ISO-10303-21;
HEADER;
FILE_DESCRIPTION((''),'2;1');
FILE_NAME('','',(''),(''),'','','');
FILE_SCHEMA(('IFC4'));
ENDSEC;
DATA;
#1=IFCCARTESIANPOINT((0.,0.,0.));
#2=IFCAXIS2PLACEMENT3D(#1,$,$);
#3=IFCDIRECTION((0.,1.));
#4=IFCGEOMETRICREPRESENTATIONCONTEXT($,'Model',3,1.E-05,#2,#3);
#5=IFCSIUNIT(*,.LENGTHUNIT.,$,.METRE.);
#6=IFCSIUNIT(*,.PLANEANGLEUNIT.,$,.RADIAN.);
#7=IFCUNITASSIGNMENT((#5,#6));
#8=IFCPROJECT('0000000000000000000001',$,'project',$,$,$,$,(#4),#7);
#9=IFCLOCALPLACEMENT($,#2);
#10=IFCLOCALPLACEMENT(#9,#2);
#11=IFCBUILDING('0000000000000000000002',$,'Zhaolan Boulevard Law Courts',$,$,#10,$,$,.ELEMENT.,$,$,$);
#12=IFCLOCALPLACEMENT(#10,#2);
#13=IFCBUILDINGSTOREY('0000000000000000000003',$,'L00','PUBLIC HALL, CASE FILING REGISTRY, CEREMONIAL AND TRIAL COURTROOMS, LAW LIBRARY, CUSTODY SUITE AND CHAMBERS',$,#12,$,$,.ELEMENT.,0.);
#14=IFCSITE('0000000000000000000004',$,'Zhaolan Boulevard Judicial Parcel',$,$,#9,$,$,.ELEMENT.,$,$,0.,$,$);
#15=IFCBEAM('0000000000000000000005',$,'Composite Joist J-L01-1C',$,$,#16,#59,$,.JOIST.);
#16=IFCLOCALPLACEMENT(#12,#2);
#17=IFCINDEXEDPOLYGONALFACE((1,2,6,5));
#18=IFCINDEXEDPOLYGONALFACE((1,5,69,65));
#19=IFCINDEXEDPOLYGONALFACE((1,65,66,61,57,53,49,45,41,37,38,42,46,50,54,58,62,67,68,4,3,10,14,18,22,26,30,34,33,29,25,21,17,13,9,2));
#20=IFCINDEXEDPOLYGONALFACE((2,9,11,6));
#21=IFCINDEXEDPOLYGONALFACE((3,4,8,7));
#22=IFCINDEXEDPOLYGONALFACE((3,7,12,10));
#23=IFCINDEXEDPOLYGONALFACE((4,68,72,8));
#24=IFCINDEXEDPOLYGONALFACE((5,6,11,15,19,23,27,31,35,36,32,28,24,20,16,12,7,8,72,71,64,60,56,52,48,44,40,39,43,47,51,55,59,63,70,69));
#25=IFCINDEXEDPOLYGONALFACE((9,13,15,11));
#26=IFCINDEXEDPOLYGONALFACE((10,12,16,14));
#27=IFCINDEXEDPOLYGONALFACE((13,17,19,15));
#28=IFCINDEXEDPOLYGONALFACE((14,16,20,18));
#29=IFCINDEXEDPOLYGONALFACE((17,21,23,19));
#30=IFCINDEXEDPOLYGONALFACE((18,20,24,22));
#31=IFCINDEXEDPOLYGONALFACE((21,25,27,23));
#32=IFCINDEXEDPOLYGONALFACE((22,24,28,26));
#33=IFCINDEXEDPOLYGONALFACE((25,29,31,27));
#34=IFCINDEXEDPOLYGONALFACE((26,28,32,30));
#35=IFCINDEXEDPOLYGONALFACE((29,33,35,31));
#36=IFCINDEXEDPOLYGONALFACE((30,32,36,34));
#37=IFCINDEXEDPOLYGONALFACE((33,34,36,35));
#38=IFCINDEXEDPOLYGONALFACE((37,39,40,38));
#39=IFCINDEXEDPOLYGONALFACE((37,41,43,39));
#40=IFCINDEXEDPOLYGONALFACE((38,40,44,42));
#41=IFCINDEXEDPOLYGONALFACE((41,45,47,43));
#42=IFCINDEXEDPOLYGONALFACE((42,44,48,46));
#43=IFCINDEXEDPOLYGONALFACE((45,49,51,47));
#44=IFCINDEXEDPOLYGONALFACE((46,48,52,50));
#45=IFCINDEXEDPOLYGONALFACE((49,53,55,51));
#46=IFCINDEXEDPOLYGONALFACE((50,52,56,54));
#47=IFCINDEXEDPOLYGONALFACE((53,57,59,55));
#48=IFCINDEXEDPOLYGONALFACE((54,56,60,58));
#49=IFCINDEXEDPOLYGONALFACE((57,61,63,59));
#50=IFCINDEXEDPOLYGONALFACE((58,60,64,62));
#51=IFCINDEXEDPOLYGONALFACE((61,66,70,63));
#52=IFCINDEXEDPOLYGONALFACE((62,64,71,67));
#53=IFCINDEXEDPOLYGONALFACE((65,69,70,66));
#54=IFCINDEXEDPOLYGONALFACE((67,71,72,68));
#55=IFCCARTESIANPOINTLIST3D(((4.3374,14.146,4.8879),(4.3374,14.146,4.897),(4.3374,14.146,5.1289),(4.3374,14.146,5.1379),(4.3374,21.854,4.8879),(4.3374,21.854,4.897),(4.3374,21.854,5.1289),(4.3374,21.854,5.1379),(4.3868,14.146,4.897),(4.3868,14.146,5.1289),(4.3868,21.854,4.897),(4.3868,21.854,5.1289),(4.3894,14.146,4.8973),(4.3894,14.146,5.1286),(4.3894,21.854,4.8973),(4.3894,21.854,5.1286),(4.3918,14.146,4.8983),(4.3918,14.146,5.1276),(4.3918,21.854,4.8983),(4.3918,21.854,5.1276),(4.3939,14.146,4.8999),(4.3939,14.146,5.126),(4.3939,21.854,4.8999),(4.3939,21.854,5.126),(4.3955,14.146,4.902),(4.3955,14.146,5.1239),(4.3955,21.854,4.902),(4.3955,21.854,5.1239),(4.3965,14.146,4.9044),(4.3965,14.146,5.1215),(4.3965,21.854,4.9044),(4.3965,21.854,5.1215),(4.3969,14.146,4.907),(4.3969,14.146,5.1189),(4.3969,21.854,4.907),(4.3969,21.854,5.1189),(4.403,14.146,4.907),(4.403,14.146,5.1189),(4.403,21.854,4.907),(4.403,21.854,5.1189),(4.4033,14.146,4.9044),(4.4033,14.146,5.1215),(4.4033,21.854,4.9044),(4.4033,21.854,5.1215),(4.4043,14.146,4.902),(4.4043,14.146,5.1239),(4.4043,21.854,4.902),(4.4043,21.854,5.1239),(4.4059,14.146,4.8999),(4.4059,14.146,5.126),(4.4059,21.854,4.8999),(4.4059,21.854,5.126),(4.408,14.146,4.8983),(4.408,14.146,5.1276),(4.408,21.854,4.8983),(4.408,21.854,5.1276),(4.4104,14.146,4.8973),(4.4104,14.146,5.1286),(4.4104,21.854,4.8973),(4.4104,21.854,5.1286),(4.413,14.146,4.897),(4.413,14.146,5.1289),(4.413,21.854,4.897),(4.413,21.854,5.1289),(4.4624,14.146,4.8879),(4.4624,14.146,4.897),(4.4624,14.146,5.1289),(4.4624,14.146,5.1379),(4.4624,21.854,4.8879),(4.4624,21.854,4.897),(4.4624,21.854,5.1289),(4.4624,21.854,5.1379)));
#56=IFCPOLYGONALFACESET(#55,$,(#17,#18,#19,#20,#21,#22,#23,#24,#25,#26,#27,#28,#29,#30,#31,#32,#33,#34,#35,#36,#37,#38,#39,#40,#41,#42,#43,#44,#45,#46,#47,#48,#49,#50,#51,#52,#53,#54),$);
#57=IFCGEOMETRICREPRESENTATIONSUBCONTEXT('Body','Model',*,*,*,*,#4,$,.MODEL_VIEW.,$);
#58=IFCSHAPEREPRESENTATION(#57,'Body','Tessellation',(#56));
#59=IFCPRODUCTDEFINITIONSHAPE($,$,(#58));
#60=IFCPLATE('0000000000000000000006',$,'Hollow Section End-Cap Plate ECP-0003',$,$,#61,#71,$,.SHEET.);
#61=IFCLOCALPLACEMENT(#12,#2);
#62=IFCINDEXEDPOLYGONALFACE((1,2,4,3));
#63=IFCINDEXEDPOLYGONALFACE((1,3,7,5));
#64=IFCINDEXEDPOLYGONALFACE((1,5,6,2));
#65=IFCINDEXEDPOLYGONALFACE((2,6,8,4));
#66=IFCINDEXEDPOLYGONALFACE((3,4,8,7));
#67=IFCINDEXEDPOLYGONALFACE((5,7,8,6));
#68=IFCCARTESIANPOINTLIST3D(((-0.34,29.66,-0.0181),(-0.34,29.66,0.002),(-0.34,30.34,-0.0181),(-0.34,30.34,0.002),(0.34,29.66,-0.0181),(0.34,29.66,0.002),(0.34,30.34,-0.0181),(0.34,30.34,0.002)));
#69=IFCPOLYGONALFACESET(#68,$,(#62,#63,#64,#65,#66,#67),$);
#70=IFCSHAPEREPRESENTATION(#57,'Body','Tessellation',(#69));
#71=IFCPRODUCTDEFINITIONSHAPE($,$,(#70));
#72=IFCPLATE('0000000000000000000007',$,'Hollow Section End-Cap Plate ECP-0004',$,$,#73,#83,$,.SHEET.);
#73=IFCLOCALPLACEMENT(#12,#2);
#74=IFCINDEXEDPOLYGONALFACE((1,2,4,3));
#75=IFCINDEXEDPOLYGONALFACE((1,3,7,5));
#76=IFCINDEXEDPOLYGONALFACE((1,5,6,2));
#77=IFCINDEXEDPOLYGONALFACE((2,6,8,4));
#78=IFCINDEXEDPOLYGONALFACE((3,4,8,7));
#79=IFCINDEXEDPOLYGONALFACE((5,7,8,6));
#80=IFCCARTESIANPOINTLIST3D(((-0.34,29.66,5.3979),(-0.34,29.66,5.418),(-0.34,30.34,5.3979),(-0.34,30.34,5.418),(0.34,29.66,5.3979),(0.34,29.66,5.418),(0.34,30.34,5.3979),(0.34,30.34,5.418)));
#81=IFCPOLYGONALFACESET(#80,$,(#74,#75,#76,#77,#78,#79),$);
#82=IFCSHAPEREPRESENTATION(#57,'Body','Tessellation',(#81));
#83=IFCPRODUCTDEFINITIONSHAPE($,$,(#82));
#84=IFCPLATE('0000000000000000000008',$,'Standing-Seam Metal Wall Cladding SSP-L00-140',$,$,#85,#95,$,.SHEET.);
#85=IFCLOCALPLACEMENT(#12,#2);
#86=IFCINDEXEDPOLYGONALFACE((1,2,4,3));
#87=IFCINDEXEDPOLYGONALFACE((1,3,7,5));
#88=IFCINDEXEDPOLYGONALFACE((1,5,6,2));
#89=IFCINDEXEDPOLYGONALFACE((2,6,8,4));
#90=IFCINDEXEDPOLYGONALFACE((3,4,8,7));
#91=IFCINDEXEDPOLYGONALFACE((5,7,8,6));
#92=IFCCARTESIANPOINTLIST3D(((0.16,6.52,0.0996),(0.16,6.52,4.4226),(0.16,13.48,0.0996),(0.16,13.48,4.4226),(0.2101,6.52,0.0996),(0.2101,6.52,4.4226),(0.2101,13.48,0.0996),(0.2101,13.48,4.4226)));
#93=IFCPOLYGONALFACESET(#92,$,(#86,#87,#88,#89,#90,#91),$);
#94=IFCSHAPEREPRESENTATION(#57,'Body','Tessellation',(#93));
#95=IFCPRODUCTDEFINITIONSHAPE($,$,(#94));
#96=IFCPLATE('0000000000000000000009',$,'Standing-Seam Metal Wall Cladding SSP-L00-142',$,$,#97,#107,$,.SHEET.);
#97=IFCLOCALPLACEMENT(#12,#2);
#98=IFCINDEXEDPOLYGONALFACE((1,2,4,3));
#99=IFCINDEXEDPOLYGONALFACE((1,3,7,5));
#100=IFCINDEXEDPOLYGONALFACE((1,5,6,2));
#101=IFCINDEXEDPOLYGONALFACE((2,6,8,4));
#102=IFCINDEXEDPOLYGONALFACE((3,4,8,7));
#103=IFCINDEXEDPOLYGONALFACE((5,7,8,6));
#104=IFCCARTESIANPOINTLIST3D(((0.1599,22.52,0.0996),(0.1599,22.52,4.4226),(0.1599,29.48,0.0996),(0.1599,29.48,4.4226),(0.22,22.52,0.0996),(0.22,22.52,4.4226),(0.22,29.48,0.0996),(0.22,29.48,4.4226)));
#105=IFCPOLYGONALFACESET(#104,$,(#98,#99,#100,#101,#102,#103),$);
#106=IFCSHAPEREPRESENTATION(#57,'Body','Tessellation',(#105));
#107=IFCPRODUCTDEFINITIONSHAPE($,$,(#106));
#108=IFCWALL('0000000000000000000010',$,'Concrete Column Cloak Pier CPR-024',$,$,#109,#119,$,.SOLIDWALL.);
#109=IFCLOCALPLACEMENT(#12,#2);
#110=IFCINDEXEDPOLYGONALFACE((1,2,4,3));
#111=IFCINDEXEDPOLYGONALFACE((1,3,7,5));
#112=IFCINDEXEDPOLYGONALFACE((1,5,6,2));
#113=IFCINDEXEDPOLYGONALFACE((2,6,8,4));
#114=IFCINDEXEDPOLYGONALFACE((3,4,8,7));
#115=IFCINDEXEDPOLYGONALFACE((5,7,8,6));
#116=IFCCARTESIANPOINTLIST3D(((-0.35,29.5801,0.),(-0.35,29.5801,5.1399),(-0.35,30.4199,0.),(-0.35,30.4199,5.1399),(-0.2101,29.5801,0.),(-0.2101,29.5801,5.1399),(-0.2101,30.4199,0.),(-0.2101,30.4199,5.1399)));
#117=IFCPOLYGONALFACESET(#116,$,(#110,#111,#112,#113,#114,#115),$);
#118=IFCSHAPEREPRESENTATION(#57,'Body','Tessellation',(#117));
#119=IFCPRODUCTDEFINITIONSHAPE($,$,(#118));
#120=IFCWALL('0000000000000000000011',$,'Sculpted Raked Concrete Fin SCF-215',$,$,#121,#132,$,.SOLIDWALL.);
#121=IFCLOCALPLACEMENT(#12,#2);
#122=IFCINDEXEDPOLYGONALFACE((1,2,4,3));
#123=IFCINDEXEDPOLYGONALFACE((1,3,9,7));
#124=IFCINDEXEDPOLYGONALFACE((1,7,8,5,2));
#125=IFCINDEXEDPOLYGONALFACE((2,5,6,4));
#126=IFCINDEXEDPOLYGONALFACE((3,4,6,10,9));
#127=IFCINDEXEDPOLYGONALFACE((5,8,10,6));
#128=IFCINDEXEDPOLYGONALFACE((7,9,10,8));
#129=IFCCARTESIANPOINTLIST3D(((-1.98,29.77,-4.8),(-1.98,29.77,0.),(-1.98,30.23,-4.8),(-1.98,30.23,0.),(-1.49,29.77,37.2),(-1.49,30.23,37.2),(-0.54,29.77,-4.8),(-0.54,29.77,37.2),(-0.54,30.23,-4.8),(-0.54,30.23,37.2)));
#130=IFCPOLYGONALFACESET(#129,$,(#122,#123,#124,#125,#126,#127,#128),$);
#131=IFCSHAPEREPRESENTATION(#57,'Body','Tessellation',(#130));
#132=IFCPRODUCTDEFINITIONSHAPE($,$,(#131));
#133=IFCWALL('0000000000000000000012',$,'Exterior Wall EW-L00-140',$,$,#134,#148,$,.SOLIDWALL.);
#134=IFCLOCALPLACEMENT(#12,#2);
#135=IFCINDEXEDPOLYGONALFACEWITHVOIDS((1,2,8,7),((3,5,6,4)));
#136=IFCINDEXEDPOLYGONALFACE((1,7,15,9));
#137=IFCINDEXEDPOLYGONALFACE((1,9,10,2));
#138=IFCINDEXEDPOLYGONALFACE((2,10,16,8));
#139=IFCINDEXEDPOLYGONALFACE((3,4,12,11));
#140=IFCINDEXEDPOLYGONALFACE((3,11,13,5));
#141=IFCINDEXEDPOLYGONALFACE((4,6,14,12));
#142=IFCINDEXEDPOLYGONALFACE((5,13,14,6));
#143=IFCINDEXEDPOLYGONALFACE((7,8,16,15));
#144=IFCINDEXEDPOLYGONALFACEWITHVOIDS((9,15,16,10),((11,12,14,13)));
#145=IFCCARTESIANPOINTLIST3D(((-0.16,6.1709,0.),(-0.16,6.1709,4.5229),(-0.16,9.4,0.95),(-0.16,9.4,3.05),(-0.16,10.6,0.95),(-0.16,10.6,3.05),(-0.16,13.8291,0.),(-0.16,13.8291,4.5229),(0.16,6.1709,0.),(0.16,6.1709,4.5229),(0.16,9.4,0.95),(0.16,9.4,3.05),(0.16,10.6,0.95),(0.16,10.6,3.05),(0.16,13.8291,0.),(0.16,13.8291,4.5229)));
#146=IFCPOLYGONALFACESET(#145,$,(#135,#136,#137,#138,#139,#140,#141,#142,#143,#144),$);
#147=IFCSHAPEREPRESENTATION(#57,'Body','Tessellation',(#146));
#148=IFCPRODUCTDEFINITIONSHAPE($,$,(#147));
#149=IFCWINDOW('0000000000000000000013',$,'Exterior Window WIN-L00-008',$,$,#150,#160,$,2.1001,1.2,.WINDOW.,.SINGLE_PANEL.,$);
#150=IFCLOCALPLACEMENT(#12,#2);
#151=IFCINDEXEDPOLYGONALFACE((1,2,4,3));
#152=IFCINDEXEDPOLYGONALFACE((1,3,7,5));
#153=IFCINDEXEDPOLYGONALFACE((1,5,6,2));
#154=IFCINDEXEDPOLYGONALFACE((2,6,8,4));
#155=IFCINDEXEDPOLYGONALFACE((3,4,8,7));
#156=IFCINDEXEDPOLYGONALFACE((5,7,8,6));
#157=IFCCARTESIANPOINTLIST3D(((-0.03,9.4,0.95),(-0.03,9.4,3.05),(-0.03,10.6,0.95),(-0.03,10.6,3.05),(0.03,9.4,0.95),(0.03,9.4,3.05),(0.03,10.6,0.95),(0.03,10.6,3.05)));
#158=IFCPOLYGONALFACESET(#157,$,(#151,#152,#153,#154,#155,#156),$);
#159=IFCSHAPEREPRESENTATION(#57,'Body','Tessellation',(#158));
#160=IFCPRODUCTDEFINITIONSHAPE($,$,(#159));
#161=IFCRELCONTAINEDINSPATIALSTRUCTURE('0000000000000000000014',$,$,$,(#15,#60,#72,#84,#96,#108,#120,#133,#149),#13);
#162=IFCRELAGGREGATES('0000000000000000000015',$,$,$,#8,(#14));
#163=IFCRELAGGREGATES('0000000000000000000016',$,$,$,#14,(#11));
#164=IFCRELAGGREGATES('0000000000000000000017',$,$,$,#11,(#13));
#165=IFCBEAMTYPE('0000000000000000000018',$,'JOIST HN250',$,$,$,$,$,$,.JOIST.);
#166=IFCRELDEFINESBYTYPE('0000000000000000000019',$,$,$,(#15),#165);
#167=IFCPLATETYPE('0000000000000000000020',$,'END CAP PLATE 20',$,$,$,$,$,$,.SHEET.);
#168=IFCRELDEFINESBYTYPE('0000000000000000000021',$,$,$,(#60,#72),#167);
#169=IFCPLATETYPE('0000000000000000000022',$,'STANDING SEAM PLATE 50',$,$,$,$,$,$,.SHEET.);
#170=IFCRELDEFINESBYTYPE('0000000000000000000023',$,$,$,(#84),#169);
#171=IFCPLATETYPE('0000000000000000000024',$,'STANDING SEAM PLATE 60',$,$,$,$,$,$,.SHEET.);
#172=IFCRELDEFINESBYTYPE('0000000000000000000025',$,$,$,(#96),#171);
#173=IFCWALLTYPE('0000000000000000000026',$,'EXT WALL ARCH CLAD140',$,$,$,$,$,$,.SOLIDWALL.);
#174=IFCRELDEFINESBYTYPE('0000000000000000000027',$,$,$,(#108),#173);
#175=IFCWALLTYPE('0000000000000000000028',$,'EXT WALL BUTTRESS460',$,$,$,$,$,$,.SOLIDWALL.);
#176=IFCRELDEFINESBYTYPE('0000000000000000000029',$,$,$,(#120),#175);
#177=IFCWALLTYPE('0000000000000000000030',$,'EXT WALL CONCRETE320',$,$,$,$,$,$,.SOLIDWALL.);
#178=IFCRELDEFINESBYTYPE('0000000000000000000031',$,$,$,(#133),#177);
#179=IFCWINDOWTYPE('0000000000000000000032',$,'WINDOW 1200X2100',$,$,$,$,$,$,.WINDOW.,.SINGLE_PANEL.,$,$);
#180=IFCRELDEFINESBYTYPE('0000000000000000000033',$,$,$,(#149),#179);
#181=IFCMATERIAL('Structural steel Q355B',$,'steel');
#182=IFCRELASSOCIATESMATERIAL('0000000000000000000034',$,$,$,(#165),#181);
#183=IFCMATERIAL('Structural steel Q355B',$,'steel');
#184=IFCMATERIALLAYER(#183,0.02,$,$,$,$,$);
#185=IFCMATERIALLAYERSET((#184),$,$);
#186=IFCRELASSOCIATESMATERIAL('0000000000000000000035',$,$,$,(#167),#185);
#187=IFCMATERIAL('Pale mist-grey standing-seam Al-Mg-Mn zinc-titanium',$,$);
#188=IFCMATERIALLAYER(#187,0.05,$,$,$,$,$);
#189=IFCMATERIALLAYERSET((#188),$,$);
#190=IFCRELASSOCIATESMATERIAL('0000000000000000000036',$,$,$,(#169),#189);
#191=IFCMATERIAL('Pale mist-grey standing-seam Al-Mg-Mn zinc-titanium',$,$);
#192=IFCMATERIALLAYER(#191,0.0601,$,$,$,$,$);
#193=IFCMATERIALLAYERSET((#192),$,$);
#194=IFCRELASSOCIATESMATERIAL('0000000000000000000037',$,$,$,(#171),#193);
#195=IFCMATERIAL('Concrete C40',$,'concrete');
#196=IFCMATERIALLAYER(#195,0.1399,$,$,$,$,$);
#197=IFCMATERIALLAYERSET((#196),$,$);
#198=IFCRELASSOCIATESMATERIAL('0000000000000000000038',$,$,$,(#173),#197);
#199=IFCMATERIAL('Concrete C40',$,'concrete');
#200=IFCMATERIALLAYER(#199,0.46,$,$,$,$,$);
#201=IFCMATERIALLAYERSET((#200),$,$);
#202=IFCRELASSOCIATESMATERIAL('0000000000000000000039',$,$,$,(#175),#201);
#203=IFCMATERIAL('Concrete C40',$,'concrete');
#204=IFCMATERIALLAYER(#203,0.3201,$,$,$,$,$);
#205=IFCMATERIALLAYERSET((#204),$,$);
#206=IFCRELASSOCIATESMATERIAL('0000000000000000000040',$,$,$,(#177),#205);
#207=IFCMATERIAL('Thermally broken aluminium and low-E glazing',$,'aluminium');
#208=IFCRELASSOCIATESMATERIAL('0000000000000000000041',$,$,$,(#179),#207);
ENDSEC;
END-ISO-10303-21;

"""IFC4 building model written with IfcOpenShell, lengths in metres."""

from ifc_helpers import new_model, si_unit, direction, frame, frame_2d, origin, origin_2d, place, context, subcontext, project, spatial, polyline, rectangle, i_section, outline, extrude, material, layer, layer_set, material_profile, profile_set, type_object, element, fill, save


model = new_model("IFC4")

# Units and contexts
model_context = context("Model", 3, precision=1e-05, world=origin(), true_north=direction((0.0, 1.0)))
body_context = subcontext(model_context, "Body", "Model", "MODEL_VIEW")
ifc_project = project(units=[si_unit("LENGTHUNIT", "METRE"), si_unit("PLANEANGLEUNIT", "RADIAN")], contexts=[model_context])

# Site, building, storey
site_placement = place(None, origin())
site = spatial("IfcSite", under=ifc_project, at=site_placement, Name="Zhaolan Boulevard Judicial Parcel", CompositionType="ELEMENT", RefElevation=0.0)
building_placement = place(site_placement, origin())
building = spatial("IfcBuilding", under=site, at=building_placement, Name="Zhaolan Boulevard Law Courts", CompositionType="ELEMENT")
storey_placement = place(building_placement, origin())
storey = spatial("IfcBuildingStorey", under=building, at=storey_placement, Name="L00", Description="PUBLIC HALL, CASE FILING REGISTRY, CEREMONIAL AND TRIAL COURTROOMS, LAW LIBRARY, CUSTODY SUITE AND CHAMBERS", CompositionType="ELEMENT", Elevation=0.0)

# Beam
ifc_material_1 = material(Name="Structural steel Q355B", Category="steel")
ifc_material_profile_1 = material_profile(ifc_material_1, i_section(OverallWidth=0.125, OverallDepth=0.25, WebThickness=0.0061, FlangeThickness=0.009, FilletRadius=0.01, at=origin_2d()), Name="HN250x125")
ifc_profile_set_1 = profile_set([ifc_material_profile_1], Name="Structural steel Q355B")
beam_type_1 = type_object("IfcBeamType", Name="JOIST HN250", PredefinedType="JOIST", material=ifc_profile_set_1)
beam_1_placement = place(storey_placement, frame((4.3999, 14.146, 5.0129), z_axis=(0.0, 1.0, 0.0), x_axis=(-1.0, 0.0, 0.0)))
element("IfcBeam", 1, at=beam_1_placement, inside=storey, type_object=beam_type_1, Name="Composite Joist J-L01-1C", PredefinedType="JOIST", context=body_context, shape_type="SweptSolid", body=[
    extrude(i_section(OverallWidth=0.125, OverallDepth=0.25, WebThickness=0.0061, FlangeThickness=0.009, FilletRadius=0.01, at=origin_2d()), origin(), (0.0, 0.0, 1.0), 7.708),
])

# Plates
ifc_material_2 = material(Name="Structural steel Q355B", Category="steel")
ifc_layer_1 = layer(ifc_material_2, 0.02)
ifc_layer_set_1 = layer_set([ifc_layer_1])
plate_type_1 = type_object("IfcPlateType", Name="END CAP PLATE 20", PredefinedType="SHEET", material=ifc_layer_set_1)
for number, where, z_axis, x_axis, name in (
    (2, (0.0, 30.0, -0.0181), (0.0, 0.0, 1.0), (1.0, 0.0, 0.0), "Hollow Section End-Cap Plate ECP-0003"),
    (3, (0.0, 30.0, 5.3979), (0.0, 0.0, 1.0), (1.0, 0.0, 0.0), "Hollow Section End-Cap Plate ECP-0004"),
):
    element("IfcPlate", number, at=place(storey_placement, frame(where, z_axis=z_axis, x_axis=x_axis)), inside=storey, type_object=plate_type_1, Name=name, PredefinedType="SHEET", context=body_context, shape_type="SweptSolid", body=[
        extrude(rectangle(XDim=0.6799, YDim=0.6799, at=origin_2d()), origin(), (0.0, 0.0, 1.0), 0.02),
    ])
ifc_material_3 = material(Name="Pale mist-grey standing-seam Al-Mg-Mn zinc-titanium")
ifc_layer_2 = layer(ifc_material_3, 0.05)
ifc_layer_set_2 = layer_set([ifc_layer_2])
plate_type_2 = type_object("IfcPlateType", Name="STANDING SEAM PLATE 50", PredefinedType="SHEET", material=ifc_layer_set_2)
plate_1_placement = place(storey_placement, frame((0.1851, 10.0, 0.0996), z_axis=(0.0, 0.0, 1.0), x_axis=(0.0, -1.0, 0.0)))
element("IfcPlate", 4, at=plate_1_placement, inside=storey, type_object=plate_type_2, Name="Standing-Seam Metal Wall Cladding SSP-L00-140", PredefinedType="SHEET", context=body_context, shape_type="SweptSolid", body=[
    extrude(rectangle(XDim=6.96, YDim=0.05, at=origin_2d()), origin(), (0.0, 0.0, 1.0), 4.323),
])
ifc_material_4 = material(Name="Pale mist-grey standing-seam Al-Mg-Mn zinc-titanium")
ifc_layer_3 = layer(ifc_material_4, 0.0601)
ifc_layer_set_3 = layer_set([ifc_layer_3])
plate_type_3 = type_object("IfcPlateType", Name="STANDING SEAM PLATE 60", PredefinedType="SHEET", material=ifc_layer_set_3)
plate_2_placement = place(storey_placement, frame((0.1899, 26.0, 0.0996), z_axis=(0.0, 0.0, 1.0), x_axis=(0.0, -1.0, 0.0)))
element("IfcPlate", 5, at=plate_2_placement, inside=storey, type_object=plate_type_3, Name="Standing-Seam Metal Wall Cladding SSP-L00-142", PredefinedType="SHEET", context=body_context, shape_type="SweptSolid", body=[
    extrude(rectangle(XDim=6.96, YDim=0.0601, at=origin_2d()), origin(), (0.0, 0.0, 1.0), 4.323),
])

# Walls
ifc_material_5 = material(Name="Concrete C40", Category="concrete")
ifc_layer_4 = layer(ifc_material_5, 0.1399)
ifc_layer_set_4 = layer_set([ifc_layer_4])
wall_type_1 = type_object("IfcWallType", Name="EXT WALL ARCH CLAD140", PredefinedType="SOLIDWALL", material=ifc_layer_set_4)
wall_1_placement = place(storey_placement, frame((-0.28, 29.5801, 0.0), z_axis=(0.0, 0.0, 1.0), x_axis=(0.0, 1.0, 0.0)))
element("IfcWall", 6, at=wall_1_placement, inside=storey, type_object=wall_type_1, Name="Concrete Column Cloak Pier CPR-024", PredefinedType="SOLIDWALL", context=body_context, shape_type="SweptSolid", body=[
    extrude(rectangle(XDim=0.8398, YDim=0.1399, at=frame_2d((0.4199, 0.0))), origin(), (0.0, 0.0, 1.0), 5.1399),
])
ifc_material_6 = material(Name="Concrete C40", Category="concrete")
ifc_layer_5 = layer(ifc_material_6, 0.46)
ifc_layer_set_5 = layer_set([ifc_layer_5])
wall_type_2 = type_object("IfcWallType", Name="EXT WALL BUTTRESS460", PredefinedType="SOLIDWALL", material=ifc_layer_set_5)
wall_2_placement = place(storey_placement, frame((-0.54, 30.0, -4.8), z_axis=(0.0, 0.0, 1.0), x_axis=(-1.0, 0.0, 0.0)))
element("IfcWall", 7, at=wall_2_placement, inside=storey, type_object=wall_type_2, Name="Sculpted Raked Concrete Fin SCF-215", PredefinedType="SOLIDWALL", context=body_context, shape_type="SweptSolid", body=[
    extrude(outline(polyline([(0.0, 0.0), (1.4399, 0.0), (1.4399, 4.8), (0.95, 42.0), (0.0, 42.0), (0.0, 0.0)])), frame((0.0, 0.23, 0.0), z_axis=(0.0, -1.0, 0.0), x_axis=(1.0, 0.0, 0.0)), (0.0, 0.0, 1.0), 0.46),
])

# Wall, opening, window
ifc_material_7 = material(Name="Concrete C40", Category="concrete")
ifc_layer_6 = layer(ifc_material_7, 0.3201)
ifc_layer_set_6 = layer_set([ifc_layer_6])
wall_type_3 = type_object("IfcWallType", Name="EXT WALL CONCRETE320", PredefinedType="SOLIDWALL", material=ifc_layer_set_6)
wall_3_placement = place(storey_placement, frame((0.0, 13.8291, 0.0), z_axis=(0.0, 0.0, 1.0), x_axis=(0.0, -1.0, 0.0)))
wall_3 = element("IfcWall", 8, at=wall_3_placement, inside=storey, type_object=wall_type_3, Name="Exterior Wall EW-L00-140", PredefinedType="SOLIDWALL", context=body_context, shape_type="SweptSolid", body=[
    extrude(rectangle(XDim=7.6582, YDim=0.3201, at=frame_2d((3.8291, 0.0))), origin(), (0.0, 0.0, 1.0), 4.5229),
])
opening_1_placement = place(wall_3_placement, frame((3.229, 0.0, 0.95)))
opening_1 = element("IfcOpeningElement", 9, at=opening_1_placement, cuts=wall_3, PredefinedType="OPENING", context=body_context, shape_type="SweptSolid", body=[
    extrude(rectangle(XDim=1.2, YDim=2.1001, at=frame_2d((0.6001, 1.05))), frame((0.0, 0.1699, 0.0), z_axis=(0.0, -1.0, 0.0), x_axis=(1.0, 0.0, 0.0)), (0.0, 0.0, 1.0), 0.3401),
])
ifc_material_8 = material(Name="Thermally broken aluminium and low-E glazing", Category="aluminium")
window_type_1 = type_object("IfcWindowType", Name="WINDOW 1200X2100", PartitioningType="SINGLE_PANEL", PredefinedType="WINDOW", material=ifc_material_8)
window_1_placement = place(opening_1_placement, origin())
window_1 = element("IfcWindow", 10, at=window_1_placement, inside=storey, type_object=window_type_1, Name="Exterior Window WIN-L00-008", OverallHeight=2.1001, OverallWidth=1.2, PartitioningType="SINGLE_PANEL", PredefinedType="WINDOW", context=body_context, shape_type="SweptSolid", body=[
    extrude(rectangle(XDim=1.2, YDim=2.1001, at=frame_2d((0.6001, 1.05))), frame((0.0, 0.03, 0.0), z_axis=(0.0, -1.0, 0.0), x_axis=(1.0, 0.0, 0.0)), (0.0, 0.0, 1.0), 0.0601),
])
fill(opening_1, window_1)

save(model, "model.ifc")
